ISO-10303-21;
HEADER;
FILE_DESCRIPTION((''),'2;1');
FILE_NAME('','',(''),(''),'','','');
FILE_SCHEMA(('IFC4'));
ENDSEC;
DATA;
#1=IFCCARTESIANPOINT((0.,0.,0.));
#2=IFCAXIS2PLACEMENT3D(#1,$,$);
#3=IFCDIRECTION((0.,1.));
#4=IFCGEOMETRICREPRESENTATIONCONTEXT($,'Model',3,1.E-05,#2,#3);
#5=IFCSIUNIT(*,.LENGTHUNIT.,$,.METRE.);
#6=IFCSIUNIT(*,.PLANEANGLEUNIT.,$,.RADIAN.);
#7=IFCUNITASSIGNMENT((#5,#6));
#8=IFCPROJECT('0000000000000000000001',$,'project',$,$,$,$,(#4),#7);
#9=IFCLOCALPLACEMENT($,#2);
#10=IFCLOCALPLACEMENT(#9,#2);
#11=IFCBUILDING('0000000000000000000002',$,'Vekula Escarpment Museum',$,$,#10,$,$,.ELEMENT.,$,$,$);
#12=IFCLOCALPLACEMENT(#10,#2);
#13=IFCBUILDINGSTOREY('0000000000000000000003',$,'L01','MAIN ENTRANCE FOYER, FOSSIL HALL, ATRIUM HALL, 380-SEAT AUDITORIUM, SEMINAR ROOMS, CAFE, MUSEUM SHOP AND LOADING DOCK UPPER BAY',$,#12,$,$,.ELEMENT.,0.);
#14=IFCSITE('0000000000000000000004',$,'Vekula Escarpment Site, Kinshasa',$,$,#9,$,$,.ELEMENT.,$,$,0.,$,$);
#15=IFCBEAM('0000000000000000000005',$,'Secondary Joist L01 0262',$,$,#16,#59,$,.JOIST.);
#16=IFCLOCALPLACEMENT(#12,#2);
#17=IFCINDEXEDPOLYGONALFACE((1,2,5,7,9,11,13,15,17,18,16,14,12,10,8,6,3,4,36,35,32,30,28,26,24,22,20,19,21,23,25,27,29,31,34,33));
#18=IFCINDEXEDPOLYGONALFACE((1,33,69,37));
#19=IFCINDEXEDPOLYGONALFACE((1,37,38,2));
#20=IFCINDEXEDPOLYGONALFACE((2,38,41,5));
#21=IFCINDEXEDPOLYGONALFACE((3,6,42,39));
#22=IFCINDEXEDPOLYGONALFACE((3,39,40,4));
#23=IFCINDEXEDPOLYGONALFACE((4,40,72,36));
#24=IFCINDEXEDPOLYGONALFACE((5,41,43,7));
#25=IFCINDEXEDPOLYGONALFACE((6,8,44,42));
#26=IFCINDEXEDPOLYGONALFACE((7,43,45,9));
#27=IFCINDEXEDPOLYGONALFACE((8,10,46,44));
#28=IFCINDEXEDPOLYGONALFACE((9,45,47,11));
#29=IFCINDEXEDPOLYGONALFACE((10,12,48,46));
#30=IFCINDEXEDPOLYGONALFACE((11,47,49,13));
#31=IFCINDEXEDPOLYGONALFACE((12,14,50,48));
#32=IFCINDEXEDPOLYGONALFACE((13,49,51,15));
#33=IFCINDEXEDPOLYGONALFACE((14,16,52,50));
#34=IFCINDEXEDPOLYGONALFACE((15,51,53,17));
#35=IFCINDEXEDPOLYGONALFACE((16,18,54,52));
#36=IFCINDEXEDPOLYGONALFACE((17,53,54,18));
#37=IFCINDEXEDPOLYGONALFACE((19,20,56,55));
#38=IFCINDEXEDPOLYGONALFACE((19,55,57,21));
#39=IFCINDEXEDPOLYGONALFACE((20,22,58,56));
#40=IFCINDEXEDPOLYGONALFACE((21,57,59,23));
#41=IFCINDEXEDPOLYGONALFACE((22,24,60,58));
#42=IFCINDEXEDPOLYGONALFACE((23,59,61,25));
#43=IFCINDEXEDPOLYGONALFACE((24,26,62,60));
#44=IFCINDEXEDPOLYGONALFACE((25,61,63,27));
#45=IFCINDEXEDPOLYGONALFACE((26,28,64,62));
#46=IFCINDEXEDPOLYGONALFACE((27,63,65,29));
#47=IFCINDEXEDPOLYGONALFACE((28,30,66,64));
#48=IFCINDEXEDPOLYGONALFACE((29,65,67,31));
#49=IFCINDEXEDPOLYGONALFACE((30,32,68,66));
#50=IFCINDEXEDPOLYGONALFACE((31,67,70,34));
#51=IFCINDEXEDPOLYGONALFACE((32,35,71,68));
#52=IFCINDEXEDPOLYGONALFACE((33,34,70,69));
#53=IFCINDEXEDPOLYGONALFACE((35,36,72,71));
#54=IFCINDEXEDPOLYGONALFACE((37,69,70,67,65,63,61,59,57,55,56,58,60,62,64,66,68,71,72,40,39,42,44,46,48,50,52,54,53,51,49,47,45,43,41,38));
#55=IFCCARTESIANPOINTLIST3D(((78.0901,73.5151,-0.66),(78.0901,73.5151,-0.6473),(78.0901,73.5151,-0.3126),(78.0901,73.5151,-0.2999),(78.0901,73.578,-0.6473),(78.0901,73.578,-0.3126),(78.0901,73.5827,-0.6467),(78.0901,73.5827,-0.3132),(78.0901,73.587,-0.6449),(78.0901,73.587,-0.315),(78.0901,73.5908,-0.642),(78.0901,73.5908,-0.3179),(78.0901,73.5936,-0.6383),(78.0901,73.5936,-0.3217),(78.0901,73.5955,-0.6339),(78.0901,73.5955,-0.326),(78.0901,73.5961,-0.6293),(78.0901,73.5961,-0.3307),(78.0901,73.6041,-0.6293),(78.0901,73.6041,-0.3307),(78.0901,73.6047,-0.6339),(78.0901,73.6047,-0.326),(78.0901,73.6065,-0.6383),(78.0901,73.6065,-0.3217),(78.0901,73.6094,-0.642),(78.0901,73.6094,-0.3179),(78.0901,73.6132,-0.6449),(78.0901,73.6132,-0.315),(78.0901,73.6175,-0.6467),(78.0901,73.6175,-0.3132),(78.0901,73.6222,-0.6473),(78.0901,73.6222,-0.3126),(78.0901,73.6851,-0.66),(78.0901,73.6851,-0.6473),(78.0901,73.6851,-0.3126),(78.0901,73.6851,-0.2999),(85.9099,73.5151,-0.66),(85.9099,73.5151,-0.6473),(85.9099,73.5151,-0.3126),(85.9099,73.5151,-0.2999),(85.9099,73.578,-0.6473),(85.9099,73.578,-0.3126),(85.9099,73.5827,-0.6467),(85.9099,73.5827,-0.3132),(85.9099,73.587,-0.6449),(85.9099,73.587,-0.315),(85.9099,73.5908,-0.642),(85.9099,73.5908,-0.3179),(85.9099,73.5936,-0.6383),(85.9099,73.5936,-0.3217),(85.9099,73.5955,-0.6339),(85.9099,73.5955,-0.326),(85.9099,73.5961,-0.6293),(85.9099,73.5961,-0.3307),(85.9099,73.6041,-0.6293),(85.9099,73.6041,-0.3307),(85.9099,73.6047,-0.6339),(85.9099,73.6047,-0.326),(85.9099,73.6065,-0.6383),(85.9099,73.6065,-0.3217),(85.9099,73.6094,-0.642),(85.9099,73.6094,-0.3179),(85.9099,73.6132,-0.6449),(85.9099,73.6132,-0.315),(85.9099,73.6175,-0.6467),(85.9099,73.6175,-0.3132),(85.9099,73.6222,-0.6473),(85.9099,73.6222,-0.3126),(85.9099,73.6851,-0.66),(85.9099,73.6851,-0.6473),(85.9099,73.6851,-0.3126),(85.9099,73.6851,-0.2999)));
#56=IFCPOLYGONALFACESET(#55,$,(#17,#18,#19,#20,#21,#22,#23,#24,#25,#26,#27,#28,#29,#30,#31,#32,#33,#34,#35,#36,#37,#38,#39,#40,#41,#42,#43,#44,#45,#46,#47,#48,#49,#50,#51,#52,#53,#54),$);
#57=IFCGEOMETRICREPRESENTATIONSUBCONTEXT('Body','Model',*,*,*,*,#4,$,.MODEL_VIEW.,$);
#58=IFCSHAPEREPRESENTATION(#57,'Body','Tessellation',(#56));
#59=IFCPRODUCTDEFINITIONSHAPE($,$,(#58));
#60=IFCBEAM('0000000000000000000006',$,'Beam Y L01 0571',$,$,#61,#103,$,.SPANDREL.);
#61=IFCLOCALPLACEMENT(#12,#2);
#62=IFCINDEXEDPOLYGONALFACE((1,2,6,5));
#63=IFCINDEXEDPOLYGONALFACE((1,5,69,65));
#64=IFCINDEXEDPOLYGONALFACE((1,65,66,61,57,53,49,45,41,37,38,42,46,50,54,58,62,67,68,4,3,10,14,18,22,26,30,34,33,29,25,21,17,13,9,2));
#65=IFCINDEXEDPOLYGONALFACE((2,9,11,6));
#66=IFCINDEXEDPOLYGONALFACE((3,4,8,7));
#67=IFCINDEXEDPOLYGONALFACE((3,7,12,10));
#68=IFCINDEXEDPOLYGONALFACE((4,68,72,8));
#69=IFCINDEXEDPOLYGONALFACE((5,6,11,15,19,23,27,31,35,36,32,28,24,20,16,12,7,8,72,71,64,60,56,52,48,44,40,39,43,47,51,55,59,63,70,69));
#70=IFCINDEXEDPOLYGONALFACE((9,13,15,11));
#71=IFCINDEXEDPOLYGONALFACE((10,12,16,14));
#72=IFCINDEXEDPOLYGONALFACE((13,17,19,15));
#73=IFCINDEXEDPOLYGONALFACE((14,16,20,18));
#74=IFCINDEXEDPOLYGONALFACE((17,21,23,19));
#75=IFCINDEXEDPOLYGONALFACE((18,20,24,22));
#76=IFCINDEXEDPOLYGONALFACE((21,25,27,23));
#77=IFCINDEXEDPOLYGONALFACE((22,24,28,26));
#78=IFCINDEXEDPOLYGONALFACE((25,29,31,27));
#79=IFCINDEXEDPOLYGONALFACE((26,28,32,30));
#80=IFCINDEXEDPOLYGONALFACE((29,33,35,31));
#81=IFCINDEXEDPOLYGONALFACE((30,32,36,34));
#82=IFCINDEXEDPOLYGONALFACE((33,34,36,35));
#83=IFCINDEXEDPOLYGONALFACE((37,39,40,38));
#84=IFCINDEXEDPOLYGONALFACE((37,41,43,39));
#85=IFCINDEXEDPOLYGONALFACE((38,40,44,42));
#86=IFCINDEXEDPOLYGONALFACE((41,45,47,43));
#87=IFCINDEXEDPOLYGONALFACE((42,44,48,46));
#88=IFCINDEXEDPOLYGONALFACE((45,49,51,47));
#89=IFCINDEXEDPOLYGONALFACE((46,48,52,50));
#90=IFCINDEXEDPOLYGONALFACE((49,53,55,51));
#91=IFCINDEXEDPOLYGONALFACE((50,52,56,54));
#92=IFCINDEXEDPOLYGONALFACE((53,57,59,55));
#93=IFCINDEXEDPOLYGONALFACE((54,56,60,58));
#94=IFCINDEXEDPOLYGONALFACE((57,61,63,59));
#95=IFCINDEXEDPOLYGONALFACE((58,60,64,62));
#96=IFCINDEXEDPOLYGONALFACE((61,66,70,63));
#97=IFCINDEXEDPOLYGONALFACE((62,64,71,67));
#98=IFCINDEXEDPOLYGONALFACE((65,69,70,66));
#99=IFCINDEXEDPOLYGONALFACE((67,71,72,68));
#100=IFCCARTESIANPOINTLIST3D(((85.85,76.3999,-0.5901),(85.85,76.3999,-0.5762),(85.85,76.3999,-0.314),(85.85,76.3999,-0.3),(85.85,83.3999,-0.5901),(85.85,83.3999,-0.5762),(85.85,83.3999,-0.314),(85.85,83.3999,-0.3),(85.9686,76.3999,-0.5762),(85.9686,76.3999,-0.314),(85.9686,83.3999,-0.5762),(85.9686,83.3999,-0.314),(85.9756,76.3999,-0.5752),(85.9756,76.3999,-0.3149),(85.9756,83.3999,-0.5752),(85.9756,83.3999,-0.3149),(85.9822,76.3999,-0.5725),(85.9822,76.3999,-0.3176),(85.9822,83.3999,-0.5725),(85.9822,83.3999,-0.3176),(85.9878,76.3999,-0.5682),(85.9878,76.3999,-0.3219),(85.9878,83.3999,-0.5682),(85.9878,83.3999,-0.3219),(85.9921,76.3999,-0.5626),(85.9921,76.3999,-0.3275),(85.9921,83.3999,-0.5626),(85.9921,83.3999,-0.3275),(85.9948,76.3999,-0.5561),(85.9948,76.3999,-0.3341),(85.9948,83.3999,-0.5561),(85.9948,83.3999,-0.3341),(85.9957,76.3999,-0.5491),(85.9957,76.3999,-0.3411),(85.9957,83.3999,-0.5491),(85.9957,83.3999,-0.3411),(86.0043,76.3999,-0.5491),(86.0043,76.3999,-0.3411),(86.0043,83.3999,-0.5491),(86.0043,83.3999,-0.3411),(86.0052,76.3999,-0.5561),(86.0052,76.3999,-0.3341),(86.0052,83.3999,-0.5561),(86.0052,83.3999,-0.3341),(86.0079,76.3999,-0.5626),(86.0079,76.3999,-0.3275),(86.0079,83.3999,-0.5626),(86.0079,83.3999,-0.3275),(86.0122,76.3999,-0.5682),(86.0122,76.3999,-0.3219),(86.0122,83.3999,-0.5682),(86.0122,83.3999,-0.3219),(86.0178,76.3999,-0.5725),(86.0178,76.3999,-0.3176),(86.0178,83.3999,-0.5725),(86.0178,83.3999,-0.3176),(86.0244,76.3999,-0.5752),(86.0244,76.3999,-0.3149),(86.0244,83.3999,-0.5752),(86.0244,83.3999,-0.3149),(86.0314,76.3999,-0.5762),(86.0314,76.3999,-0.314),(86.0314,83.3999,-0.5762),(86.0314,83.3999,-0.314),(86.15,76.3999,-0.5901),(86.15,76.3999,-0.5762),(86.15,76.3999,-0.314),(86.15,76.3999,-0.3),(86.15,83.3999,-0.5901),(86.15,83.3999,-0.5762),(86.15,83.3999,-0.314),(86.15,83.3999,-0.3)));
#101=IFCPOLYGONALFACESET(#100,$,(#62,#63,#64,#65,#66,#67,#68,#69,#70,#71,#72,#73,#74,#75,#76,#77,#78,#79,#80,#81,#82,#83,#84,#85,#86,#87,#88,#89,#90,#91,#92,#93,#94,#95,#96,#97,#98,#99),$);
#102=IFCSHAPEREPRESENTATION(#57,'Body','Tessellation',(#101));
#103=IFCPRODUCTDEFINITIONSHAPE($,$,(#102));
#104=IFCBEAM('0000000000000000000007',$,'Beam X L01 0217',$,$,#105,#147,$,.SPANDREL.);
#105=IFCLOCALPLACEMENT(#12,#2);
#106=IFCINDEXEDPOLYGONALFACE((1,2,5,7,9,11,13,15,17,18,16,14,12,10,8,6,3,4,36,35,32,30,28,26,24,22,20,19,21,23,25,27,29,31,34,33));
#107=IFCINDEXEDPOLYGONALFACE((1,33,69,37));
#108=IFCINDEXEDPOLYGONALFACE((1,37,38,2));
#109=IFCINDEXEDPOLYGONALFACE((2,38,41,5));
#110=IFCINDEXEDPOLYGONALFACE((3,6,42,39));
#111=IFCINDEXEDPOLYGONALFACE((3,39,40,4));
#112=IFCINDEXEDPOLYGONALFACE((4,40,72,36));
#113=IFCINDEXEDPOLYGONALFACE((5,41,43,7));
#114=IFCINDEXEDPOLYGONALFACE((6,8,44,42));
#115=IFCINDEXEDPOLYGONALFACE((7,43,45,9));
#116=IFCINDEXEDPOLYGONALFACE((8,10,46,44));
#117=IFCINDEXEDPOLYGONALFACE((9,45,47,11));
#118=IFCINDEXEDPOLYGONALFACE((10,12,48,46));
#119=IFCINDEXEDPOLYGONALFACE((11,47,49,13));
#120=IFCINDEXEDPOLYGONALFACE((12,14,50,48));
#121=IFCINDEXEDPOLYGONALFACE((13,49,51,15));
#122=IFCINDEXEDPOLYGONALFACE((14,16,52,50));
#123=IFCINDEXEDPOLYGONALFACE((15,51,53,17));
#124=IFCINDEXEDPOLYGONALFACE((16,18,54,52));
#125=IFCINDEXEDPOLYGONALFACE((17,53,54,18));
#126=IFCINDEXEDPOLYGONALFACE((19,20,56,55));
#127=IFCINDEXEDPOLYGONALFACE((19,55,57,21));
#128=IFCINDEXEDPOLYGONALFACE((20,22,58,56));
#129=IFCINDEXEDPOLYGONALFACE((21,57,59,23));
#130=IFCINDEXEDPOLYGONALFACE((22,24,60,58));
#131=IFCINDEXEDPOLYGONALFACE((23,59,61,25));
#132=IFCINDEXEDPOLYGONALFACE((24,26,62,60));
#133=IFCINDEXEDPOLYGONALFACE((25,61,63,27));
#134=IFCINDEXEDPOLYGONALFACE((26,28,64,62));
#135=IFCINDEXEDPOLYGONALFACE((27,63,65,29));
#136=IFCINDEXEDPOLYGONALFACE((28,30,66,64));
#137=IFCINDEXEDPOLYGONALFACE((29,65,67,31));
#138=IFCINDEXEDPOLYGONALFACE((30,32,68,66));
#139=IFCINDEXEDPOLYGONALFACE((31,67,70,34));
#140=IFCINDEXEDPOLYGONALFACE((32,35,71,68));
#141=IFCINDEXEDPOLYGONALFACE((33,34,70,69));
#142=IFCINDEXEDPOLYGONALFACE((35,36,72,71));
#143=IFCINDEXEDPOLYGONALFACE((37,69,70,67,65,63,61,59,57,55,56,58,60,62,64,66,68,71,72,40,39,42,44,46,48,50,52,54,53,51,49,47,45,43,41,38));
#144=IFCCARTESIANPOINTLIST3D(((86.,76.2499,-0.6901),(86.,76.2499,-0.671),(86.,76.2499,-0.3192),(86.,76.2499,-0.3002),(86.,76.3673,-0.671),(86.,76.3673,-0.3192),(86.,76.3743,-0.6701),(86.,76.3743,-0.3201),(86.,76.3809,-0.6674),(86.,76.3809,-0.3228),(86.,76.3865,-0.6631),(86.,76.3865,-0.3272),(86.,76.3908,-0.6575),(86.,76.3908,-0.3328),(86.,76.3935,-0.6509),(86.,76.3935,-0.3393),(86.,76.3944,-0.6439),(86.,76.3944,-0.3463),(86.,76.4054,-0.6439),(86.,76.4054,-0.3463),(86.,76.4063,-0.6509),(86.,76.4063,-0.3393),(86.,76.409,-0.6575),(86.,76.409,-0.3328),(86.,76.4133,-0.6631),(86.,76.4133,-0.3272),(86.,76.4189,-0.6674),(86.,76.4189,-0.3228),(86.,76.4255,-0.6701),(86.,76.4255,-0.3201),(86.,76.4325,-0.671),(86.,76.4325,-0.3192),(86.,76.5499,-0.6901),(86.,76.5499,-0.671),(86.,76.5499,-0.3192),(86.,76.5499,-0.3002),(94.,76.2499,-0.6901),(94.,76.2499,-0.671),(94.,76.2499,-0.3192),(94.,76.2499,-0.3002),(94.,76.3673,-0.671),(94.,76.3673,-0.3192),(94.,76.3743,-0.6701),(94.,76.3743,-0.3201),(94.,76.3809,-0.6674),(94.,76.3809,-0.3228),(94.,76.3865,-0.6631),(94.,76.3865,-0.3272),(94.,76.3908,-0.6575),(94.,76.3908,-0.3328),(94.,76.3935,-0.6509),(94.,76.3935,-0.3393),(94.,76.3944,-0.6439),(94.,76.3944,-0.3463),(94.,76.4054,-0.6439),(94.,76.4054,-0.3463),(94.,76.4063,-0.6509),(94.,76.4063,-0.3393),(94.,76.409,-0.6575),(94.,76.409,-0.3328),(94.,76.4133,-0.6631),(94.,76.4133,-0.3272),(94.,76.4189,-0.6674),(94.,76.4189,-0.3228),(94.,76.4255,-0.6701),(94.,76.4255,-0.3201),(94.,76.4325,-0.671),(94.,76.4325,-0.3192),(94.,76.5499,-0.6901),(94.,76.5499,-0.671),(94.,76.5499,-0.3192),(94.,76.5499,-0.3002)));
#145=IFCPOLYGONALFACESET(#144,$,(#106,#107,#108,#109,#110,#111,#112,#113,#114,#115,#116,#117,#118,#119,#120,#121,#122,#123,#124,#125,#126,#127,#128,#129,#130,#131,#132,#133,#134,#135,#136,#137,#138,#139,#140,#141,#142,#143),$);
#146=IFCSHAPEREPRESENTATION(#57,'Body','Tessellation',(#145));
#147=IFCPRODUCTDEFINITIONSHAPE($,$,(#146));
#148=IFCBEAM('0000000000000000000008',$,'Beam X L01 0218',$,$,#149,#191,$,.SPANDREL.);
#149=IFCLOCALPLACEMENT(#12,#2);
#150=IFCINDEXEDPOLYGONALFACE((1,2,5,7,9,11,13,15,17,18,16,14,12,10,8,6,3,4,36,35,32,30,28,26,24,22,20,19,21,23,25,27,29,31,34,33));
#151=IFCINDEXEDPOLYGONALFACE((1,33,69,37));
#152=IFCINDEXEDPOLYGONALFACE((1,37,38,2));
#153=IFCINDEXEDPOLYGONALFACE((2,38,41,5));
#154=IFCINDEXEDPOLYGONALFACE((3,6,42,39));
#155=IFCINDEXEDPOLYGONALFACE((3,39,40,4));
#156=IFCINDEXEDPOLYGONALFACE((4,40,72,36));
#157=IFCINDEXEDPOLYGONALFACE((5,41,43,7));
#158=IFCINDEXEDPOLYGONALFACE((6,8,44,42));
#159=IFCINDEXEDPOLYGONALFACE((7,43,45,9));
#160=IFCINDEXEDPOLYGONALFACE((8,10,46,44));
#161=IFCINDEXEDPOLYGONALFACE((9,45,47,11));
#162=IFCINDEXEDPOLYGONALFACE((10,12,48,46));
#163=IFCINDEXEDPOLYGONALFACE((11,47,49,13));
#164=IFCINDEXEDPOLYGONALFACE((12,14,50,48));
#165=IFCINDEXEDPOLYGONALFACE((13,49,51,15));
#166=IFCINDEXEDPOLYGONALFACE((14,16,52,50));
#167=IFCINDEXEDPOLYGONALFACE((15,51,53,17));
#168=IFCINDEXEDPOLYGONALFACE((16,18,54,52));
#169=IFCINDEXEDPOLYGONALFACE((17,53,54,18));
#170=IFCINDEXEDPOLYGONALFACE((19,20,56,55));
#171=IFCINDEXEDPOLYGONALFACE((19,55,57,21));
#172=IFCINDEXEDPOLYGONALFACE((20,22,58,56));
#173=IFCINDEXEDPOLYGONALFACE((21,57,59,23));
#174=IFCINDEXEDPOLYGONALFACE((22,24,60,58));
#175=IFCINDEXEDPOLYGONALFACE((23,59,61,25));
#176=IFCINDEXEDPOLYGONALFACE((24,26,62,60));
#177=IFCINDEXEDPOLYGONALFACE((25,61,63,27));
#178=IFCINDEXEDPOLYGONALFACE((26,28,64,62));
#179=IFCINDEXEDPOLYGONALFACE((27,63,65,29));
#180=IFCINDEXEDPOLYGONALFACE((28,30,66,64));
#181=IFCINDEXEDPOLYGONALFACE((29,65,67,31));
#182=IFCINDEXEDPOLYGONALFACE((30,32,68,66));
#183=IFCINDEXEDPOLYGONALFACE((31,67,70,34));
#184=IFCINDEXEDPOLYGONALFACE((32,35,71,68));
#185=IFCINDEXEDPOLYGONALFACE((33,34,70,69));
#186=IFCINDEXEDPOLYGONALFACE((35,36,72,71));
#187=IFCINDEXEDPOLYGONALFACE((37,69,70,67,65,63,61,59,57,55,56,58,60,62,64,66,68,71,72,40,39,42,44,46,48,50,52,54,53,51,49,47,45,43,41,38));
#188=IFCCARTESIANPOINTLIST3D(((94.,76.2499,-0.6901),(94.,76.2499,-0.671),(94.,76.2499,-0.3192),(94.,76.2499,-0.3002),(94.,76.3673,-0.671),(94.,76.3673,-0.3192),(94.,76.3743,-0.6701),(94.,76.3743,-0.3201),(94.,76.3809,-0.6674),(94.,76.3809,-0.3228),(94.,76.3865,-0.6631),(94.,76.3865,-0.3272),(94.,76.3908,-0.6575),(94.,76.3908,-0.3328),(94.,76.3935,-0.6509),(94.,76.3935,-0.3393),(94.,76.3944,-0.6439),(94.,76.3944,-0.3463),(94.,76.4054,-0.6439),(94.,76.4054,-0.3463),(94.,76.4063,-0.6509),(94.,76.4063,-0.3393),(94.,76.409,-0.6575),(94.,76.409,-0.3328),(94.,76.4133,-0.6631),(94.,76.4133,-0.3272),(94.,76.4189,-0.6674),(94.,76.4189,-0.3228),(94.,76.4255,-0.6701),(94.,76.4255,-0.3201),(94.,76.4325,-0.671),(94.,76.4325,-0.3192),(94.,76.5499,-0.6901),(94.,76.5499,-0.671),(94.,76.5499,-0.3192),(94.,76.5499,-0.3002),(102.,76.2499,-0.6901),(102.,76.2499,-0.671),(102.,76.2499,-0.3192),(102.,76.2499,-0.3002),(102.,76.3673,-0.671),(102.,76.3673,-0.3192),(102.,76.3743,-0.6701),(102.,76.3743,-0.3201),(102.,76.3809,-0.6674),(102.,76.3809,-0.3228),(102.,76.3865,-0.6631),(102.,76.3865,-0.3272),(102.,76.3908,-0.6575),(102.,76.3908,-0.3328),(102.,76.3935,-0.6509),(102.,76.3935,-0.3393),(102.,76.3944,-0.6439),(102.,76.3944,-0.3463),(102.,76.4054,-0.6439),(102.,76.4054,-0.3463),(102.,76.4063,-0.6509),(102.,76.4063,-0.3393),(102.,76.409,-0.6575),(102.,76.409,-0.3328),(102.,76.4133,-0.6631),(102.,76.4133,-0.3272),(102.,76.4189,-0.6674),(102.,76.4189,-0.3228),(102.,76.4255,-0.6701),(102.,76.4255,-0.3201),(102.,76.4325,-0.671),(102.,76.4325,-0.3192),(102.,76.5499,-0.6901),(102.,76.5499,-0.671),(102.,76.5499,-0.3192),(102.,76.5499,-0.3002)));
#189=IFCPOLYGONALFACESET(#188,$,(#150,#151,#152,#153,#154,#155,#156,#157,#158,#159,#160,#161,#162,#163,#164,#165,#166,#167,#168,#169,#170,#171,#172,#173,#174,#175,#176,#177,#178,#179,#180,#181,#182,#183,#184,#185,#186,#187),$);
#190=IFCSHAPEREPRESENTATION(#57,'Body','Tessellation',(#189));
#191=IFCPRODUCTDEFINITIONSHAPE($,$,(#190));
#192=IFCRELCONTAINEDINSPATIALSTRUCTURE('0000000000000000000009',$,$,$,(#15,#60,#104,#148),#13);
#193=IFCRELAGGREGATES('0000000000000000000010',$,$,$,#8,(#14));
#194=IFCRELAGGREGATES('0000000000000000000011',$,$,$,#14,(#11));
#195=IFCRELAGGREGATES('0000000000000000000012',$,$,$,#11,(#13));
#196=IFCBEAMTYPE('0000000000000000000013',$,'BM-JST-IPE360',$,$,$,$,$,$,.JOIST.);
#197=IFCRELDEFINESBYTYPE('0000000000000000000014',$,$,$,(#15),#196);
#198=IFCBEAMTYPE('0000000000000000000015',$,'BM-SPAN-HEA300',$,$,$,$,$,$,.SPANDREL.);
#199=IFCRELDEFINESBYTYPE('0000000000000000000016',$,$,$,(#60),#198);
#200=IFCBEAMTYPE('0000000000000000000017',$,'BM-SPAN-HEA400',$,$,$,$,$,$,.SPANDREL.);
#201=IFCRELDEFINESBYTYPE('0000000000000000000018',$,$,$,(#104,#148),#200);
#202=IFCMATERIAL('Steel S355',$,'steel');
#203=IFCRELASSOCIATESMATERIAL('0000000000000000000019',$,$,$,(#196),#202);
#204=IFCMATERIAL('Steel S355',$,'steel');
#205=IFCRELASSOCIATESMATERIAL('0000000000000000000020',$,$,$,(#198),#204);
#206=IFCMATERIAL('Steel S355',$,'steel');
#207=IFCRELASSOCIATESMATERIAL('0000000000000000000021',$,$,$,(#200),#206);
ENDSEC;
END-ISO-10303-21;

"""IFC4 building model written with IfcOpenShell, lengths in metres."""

from ifc_helpers import new_model, si_unit, direction, frame, origin, origin_2d, place, context, subcontext, project, spatial, i_section, extrude, material, material_profile, profile_set, type_object, element, save


model = new_model("IFC4")

# Units and contexts
model_context = context("Model", 3, precision=1e-05, world=origin(), true_north=direction((0.0, 1.0)))
body_context = subcontext(model_context, "Body", "Model", "MODEL_VIEW")
ifc_project = project(units=[si_unit("LENGTHUNIT", "METRE"), si_unit("PLANEANGLEUNIT", "RADIAN")], contexts=[model_context])

# Site, building, storey
site_placement = place(None, origin())
site = spatial("IfcSite", under=ifc_project, at=site_placement, Name="Vekula Escarpment Site, Kinshasa", CompositionType="ELEMENT", RefElevation=0.0)
building_placement = place(site_placement, origin())
building = spatial("IfcBuilding", under=site, at=building_placement, Name="Vekula Escarpment Museum", CompositionType="ELEMENT")
storey_placement = place(building_placement, origin())
storey = spatial("IfcBuildingStorey", under=building, at=storey_placement, Name="L01", Description="MAIN ENTRANCE FOYER, FOSSIL HALL, ATRIUM HALL, 380-SEAT AUDITORIUM, SEMINAR ROOMS, CAFE, MUSEUM SHOP AND LOADING DOCK UPPER BAY", CompositionType="ELEMENT", Elevation=0.0)

# Beams
ifc_material_1 = material(Name="Steel S355", Category="steel")
ifc_material_profile_1 = material_profile(ifc_material_1, i_section(OverallWidth=0.1699, OverallDepth=0.3601, WebThickness=0.0081, FlangeThickness=0.0127, FilletRadius=0.0181, at=origin_2d()), Name="IPE 360")
ifc_profile_set_1 = profile_set([ifc_material_profile_1], Name="Steel S355")
beam_type_1 = type_object("IfcBeamType", Name="BM-JST-IPE360", PredefinedType="JOIST", material=ifc_profile_set_1)
for number, where, z_axis, x_axis, name in (
    (1, (78.0901, 73.6001, -0.48), (1.0, 0.0, 0.0), (0.0, 1.0, 0.0), "Secondary Joist L01 0262"),
):
    element("IfcBeam", number, at=place(storey_placement, frame(where, z_axis=z_axis, x_axis=x_axis)), inside=storey, type_object=beam_type_1, Name=name, PredefinedType="JOIST", context=body_context, shape_type="SweptSolid", body=[
        extrude(i_section(OverallWidth=0.1699, OverallDepth=0.3601, WebThickness=0.0081, FlangeThickness=0.0127, FilletRadius=0.0181, at=origin_2d()), origin(), (0.0, 0.0, 1.0), 7.8198),
    ])
ifc_material_2 = material(Name="Steel S355", Category="steel")
ifc_material_profile_2 = material_profile(ifc_material_2, i_section(OverallWidth=0.3, OverallDepth=0.29, WebThickness=0.0085, FlangeThickness=0.0139, FilletRadius=0.0271, at=origin_2d()), Name="HEA 300")
ifc_profile_set_2 = profile_set([ifc_material_profile_2], Name="Steel S355")
beam_type_2 = type_object("IfcBeamType", Name="BM-SPAN-HEA300", PredefinedType="SPANDREL", material=ifc_profile_set_2)
beam_1_placement = place(storey_placement, frame((86.0, 76.3999, -0.4451), z_axis=(0.0, 1.0, 0.0), x_axis=(-1.0, 0.0, 0.0)))
element("IfcBeam", 2, at=beam_1_placement, inside=storey, type_object=beam_type_2, Name="Beam Y L01 0571", PredefinedType="SPANDREL", context=body_context, shape_type="SweptSolid", body=[
    extrude(i_section(OverallWidth=0.3, OverallDepth=0.29, WebThickness=0.0085, FlangeThickness=0.0139, FilletRadius=0.0271, at=origin_2d()), origin(), (0.0, 0.0, 1.0), 7.0),
])
ifc_material_3 = material(Name="Steel S355", Category="steel")
ifc_material_profile_3 = material_profile(ifc_material_3, i_section(OverallWidth=0.3, OverallDepth=0.3899, WebThickness=0.011, FlangeThickness=0.019, FilletRadius=0.0271, at=origin_2d()), Name="HEA 400")
ifc_profile_set_3 = profile_set([ifc_material_profile_3], Name="Steel S355")
beam_type_3 = type_object("IfcBeamType", Name="BM-SPAN-HEA400", PredefinedType="SPANDREL", material=ifc_profile_set_3)
for number, where, z_axis, x_axis, name in (
    (3, (86.0, 76.3999, -0.4951), (1.0, 0.0, 0.0), (0.0, 1.0, 0.0), "Beam X L01 0217"),
    (4, (94.0, 76.3999, -0.4951), (1.0, 0.0, 0.0), (0.0, 1.0, 0.0), "Beam X L01 0218"),
):
    element("IfcBeam", number, at=place(storey_placement, frame(where, z_axis=z_axis, x_axis=x_axis)), inside=storey, type_object=beam_type_3, Name=name, PredefinedType="SPANDREL", context=body_context, shape_type="SweptSolid", body=[
        extrude(i_section(OverallWidth=0.3, OverallDepth=0.3899, WebThickness=0.011, FlangeThickness=0.019, FilletRadius=0.0271, at=origin_2d()), origin(), (0.0, 0.0, 1.0), 8.0),
    ])

save(model, "model.ifc")
